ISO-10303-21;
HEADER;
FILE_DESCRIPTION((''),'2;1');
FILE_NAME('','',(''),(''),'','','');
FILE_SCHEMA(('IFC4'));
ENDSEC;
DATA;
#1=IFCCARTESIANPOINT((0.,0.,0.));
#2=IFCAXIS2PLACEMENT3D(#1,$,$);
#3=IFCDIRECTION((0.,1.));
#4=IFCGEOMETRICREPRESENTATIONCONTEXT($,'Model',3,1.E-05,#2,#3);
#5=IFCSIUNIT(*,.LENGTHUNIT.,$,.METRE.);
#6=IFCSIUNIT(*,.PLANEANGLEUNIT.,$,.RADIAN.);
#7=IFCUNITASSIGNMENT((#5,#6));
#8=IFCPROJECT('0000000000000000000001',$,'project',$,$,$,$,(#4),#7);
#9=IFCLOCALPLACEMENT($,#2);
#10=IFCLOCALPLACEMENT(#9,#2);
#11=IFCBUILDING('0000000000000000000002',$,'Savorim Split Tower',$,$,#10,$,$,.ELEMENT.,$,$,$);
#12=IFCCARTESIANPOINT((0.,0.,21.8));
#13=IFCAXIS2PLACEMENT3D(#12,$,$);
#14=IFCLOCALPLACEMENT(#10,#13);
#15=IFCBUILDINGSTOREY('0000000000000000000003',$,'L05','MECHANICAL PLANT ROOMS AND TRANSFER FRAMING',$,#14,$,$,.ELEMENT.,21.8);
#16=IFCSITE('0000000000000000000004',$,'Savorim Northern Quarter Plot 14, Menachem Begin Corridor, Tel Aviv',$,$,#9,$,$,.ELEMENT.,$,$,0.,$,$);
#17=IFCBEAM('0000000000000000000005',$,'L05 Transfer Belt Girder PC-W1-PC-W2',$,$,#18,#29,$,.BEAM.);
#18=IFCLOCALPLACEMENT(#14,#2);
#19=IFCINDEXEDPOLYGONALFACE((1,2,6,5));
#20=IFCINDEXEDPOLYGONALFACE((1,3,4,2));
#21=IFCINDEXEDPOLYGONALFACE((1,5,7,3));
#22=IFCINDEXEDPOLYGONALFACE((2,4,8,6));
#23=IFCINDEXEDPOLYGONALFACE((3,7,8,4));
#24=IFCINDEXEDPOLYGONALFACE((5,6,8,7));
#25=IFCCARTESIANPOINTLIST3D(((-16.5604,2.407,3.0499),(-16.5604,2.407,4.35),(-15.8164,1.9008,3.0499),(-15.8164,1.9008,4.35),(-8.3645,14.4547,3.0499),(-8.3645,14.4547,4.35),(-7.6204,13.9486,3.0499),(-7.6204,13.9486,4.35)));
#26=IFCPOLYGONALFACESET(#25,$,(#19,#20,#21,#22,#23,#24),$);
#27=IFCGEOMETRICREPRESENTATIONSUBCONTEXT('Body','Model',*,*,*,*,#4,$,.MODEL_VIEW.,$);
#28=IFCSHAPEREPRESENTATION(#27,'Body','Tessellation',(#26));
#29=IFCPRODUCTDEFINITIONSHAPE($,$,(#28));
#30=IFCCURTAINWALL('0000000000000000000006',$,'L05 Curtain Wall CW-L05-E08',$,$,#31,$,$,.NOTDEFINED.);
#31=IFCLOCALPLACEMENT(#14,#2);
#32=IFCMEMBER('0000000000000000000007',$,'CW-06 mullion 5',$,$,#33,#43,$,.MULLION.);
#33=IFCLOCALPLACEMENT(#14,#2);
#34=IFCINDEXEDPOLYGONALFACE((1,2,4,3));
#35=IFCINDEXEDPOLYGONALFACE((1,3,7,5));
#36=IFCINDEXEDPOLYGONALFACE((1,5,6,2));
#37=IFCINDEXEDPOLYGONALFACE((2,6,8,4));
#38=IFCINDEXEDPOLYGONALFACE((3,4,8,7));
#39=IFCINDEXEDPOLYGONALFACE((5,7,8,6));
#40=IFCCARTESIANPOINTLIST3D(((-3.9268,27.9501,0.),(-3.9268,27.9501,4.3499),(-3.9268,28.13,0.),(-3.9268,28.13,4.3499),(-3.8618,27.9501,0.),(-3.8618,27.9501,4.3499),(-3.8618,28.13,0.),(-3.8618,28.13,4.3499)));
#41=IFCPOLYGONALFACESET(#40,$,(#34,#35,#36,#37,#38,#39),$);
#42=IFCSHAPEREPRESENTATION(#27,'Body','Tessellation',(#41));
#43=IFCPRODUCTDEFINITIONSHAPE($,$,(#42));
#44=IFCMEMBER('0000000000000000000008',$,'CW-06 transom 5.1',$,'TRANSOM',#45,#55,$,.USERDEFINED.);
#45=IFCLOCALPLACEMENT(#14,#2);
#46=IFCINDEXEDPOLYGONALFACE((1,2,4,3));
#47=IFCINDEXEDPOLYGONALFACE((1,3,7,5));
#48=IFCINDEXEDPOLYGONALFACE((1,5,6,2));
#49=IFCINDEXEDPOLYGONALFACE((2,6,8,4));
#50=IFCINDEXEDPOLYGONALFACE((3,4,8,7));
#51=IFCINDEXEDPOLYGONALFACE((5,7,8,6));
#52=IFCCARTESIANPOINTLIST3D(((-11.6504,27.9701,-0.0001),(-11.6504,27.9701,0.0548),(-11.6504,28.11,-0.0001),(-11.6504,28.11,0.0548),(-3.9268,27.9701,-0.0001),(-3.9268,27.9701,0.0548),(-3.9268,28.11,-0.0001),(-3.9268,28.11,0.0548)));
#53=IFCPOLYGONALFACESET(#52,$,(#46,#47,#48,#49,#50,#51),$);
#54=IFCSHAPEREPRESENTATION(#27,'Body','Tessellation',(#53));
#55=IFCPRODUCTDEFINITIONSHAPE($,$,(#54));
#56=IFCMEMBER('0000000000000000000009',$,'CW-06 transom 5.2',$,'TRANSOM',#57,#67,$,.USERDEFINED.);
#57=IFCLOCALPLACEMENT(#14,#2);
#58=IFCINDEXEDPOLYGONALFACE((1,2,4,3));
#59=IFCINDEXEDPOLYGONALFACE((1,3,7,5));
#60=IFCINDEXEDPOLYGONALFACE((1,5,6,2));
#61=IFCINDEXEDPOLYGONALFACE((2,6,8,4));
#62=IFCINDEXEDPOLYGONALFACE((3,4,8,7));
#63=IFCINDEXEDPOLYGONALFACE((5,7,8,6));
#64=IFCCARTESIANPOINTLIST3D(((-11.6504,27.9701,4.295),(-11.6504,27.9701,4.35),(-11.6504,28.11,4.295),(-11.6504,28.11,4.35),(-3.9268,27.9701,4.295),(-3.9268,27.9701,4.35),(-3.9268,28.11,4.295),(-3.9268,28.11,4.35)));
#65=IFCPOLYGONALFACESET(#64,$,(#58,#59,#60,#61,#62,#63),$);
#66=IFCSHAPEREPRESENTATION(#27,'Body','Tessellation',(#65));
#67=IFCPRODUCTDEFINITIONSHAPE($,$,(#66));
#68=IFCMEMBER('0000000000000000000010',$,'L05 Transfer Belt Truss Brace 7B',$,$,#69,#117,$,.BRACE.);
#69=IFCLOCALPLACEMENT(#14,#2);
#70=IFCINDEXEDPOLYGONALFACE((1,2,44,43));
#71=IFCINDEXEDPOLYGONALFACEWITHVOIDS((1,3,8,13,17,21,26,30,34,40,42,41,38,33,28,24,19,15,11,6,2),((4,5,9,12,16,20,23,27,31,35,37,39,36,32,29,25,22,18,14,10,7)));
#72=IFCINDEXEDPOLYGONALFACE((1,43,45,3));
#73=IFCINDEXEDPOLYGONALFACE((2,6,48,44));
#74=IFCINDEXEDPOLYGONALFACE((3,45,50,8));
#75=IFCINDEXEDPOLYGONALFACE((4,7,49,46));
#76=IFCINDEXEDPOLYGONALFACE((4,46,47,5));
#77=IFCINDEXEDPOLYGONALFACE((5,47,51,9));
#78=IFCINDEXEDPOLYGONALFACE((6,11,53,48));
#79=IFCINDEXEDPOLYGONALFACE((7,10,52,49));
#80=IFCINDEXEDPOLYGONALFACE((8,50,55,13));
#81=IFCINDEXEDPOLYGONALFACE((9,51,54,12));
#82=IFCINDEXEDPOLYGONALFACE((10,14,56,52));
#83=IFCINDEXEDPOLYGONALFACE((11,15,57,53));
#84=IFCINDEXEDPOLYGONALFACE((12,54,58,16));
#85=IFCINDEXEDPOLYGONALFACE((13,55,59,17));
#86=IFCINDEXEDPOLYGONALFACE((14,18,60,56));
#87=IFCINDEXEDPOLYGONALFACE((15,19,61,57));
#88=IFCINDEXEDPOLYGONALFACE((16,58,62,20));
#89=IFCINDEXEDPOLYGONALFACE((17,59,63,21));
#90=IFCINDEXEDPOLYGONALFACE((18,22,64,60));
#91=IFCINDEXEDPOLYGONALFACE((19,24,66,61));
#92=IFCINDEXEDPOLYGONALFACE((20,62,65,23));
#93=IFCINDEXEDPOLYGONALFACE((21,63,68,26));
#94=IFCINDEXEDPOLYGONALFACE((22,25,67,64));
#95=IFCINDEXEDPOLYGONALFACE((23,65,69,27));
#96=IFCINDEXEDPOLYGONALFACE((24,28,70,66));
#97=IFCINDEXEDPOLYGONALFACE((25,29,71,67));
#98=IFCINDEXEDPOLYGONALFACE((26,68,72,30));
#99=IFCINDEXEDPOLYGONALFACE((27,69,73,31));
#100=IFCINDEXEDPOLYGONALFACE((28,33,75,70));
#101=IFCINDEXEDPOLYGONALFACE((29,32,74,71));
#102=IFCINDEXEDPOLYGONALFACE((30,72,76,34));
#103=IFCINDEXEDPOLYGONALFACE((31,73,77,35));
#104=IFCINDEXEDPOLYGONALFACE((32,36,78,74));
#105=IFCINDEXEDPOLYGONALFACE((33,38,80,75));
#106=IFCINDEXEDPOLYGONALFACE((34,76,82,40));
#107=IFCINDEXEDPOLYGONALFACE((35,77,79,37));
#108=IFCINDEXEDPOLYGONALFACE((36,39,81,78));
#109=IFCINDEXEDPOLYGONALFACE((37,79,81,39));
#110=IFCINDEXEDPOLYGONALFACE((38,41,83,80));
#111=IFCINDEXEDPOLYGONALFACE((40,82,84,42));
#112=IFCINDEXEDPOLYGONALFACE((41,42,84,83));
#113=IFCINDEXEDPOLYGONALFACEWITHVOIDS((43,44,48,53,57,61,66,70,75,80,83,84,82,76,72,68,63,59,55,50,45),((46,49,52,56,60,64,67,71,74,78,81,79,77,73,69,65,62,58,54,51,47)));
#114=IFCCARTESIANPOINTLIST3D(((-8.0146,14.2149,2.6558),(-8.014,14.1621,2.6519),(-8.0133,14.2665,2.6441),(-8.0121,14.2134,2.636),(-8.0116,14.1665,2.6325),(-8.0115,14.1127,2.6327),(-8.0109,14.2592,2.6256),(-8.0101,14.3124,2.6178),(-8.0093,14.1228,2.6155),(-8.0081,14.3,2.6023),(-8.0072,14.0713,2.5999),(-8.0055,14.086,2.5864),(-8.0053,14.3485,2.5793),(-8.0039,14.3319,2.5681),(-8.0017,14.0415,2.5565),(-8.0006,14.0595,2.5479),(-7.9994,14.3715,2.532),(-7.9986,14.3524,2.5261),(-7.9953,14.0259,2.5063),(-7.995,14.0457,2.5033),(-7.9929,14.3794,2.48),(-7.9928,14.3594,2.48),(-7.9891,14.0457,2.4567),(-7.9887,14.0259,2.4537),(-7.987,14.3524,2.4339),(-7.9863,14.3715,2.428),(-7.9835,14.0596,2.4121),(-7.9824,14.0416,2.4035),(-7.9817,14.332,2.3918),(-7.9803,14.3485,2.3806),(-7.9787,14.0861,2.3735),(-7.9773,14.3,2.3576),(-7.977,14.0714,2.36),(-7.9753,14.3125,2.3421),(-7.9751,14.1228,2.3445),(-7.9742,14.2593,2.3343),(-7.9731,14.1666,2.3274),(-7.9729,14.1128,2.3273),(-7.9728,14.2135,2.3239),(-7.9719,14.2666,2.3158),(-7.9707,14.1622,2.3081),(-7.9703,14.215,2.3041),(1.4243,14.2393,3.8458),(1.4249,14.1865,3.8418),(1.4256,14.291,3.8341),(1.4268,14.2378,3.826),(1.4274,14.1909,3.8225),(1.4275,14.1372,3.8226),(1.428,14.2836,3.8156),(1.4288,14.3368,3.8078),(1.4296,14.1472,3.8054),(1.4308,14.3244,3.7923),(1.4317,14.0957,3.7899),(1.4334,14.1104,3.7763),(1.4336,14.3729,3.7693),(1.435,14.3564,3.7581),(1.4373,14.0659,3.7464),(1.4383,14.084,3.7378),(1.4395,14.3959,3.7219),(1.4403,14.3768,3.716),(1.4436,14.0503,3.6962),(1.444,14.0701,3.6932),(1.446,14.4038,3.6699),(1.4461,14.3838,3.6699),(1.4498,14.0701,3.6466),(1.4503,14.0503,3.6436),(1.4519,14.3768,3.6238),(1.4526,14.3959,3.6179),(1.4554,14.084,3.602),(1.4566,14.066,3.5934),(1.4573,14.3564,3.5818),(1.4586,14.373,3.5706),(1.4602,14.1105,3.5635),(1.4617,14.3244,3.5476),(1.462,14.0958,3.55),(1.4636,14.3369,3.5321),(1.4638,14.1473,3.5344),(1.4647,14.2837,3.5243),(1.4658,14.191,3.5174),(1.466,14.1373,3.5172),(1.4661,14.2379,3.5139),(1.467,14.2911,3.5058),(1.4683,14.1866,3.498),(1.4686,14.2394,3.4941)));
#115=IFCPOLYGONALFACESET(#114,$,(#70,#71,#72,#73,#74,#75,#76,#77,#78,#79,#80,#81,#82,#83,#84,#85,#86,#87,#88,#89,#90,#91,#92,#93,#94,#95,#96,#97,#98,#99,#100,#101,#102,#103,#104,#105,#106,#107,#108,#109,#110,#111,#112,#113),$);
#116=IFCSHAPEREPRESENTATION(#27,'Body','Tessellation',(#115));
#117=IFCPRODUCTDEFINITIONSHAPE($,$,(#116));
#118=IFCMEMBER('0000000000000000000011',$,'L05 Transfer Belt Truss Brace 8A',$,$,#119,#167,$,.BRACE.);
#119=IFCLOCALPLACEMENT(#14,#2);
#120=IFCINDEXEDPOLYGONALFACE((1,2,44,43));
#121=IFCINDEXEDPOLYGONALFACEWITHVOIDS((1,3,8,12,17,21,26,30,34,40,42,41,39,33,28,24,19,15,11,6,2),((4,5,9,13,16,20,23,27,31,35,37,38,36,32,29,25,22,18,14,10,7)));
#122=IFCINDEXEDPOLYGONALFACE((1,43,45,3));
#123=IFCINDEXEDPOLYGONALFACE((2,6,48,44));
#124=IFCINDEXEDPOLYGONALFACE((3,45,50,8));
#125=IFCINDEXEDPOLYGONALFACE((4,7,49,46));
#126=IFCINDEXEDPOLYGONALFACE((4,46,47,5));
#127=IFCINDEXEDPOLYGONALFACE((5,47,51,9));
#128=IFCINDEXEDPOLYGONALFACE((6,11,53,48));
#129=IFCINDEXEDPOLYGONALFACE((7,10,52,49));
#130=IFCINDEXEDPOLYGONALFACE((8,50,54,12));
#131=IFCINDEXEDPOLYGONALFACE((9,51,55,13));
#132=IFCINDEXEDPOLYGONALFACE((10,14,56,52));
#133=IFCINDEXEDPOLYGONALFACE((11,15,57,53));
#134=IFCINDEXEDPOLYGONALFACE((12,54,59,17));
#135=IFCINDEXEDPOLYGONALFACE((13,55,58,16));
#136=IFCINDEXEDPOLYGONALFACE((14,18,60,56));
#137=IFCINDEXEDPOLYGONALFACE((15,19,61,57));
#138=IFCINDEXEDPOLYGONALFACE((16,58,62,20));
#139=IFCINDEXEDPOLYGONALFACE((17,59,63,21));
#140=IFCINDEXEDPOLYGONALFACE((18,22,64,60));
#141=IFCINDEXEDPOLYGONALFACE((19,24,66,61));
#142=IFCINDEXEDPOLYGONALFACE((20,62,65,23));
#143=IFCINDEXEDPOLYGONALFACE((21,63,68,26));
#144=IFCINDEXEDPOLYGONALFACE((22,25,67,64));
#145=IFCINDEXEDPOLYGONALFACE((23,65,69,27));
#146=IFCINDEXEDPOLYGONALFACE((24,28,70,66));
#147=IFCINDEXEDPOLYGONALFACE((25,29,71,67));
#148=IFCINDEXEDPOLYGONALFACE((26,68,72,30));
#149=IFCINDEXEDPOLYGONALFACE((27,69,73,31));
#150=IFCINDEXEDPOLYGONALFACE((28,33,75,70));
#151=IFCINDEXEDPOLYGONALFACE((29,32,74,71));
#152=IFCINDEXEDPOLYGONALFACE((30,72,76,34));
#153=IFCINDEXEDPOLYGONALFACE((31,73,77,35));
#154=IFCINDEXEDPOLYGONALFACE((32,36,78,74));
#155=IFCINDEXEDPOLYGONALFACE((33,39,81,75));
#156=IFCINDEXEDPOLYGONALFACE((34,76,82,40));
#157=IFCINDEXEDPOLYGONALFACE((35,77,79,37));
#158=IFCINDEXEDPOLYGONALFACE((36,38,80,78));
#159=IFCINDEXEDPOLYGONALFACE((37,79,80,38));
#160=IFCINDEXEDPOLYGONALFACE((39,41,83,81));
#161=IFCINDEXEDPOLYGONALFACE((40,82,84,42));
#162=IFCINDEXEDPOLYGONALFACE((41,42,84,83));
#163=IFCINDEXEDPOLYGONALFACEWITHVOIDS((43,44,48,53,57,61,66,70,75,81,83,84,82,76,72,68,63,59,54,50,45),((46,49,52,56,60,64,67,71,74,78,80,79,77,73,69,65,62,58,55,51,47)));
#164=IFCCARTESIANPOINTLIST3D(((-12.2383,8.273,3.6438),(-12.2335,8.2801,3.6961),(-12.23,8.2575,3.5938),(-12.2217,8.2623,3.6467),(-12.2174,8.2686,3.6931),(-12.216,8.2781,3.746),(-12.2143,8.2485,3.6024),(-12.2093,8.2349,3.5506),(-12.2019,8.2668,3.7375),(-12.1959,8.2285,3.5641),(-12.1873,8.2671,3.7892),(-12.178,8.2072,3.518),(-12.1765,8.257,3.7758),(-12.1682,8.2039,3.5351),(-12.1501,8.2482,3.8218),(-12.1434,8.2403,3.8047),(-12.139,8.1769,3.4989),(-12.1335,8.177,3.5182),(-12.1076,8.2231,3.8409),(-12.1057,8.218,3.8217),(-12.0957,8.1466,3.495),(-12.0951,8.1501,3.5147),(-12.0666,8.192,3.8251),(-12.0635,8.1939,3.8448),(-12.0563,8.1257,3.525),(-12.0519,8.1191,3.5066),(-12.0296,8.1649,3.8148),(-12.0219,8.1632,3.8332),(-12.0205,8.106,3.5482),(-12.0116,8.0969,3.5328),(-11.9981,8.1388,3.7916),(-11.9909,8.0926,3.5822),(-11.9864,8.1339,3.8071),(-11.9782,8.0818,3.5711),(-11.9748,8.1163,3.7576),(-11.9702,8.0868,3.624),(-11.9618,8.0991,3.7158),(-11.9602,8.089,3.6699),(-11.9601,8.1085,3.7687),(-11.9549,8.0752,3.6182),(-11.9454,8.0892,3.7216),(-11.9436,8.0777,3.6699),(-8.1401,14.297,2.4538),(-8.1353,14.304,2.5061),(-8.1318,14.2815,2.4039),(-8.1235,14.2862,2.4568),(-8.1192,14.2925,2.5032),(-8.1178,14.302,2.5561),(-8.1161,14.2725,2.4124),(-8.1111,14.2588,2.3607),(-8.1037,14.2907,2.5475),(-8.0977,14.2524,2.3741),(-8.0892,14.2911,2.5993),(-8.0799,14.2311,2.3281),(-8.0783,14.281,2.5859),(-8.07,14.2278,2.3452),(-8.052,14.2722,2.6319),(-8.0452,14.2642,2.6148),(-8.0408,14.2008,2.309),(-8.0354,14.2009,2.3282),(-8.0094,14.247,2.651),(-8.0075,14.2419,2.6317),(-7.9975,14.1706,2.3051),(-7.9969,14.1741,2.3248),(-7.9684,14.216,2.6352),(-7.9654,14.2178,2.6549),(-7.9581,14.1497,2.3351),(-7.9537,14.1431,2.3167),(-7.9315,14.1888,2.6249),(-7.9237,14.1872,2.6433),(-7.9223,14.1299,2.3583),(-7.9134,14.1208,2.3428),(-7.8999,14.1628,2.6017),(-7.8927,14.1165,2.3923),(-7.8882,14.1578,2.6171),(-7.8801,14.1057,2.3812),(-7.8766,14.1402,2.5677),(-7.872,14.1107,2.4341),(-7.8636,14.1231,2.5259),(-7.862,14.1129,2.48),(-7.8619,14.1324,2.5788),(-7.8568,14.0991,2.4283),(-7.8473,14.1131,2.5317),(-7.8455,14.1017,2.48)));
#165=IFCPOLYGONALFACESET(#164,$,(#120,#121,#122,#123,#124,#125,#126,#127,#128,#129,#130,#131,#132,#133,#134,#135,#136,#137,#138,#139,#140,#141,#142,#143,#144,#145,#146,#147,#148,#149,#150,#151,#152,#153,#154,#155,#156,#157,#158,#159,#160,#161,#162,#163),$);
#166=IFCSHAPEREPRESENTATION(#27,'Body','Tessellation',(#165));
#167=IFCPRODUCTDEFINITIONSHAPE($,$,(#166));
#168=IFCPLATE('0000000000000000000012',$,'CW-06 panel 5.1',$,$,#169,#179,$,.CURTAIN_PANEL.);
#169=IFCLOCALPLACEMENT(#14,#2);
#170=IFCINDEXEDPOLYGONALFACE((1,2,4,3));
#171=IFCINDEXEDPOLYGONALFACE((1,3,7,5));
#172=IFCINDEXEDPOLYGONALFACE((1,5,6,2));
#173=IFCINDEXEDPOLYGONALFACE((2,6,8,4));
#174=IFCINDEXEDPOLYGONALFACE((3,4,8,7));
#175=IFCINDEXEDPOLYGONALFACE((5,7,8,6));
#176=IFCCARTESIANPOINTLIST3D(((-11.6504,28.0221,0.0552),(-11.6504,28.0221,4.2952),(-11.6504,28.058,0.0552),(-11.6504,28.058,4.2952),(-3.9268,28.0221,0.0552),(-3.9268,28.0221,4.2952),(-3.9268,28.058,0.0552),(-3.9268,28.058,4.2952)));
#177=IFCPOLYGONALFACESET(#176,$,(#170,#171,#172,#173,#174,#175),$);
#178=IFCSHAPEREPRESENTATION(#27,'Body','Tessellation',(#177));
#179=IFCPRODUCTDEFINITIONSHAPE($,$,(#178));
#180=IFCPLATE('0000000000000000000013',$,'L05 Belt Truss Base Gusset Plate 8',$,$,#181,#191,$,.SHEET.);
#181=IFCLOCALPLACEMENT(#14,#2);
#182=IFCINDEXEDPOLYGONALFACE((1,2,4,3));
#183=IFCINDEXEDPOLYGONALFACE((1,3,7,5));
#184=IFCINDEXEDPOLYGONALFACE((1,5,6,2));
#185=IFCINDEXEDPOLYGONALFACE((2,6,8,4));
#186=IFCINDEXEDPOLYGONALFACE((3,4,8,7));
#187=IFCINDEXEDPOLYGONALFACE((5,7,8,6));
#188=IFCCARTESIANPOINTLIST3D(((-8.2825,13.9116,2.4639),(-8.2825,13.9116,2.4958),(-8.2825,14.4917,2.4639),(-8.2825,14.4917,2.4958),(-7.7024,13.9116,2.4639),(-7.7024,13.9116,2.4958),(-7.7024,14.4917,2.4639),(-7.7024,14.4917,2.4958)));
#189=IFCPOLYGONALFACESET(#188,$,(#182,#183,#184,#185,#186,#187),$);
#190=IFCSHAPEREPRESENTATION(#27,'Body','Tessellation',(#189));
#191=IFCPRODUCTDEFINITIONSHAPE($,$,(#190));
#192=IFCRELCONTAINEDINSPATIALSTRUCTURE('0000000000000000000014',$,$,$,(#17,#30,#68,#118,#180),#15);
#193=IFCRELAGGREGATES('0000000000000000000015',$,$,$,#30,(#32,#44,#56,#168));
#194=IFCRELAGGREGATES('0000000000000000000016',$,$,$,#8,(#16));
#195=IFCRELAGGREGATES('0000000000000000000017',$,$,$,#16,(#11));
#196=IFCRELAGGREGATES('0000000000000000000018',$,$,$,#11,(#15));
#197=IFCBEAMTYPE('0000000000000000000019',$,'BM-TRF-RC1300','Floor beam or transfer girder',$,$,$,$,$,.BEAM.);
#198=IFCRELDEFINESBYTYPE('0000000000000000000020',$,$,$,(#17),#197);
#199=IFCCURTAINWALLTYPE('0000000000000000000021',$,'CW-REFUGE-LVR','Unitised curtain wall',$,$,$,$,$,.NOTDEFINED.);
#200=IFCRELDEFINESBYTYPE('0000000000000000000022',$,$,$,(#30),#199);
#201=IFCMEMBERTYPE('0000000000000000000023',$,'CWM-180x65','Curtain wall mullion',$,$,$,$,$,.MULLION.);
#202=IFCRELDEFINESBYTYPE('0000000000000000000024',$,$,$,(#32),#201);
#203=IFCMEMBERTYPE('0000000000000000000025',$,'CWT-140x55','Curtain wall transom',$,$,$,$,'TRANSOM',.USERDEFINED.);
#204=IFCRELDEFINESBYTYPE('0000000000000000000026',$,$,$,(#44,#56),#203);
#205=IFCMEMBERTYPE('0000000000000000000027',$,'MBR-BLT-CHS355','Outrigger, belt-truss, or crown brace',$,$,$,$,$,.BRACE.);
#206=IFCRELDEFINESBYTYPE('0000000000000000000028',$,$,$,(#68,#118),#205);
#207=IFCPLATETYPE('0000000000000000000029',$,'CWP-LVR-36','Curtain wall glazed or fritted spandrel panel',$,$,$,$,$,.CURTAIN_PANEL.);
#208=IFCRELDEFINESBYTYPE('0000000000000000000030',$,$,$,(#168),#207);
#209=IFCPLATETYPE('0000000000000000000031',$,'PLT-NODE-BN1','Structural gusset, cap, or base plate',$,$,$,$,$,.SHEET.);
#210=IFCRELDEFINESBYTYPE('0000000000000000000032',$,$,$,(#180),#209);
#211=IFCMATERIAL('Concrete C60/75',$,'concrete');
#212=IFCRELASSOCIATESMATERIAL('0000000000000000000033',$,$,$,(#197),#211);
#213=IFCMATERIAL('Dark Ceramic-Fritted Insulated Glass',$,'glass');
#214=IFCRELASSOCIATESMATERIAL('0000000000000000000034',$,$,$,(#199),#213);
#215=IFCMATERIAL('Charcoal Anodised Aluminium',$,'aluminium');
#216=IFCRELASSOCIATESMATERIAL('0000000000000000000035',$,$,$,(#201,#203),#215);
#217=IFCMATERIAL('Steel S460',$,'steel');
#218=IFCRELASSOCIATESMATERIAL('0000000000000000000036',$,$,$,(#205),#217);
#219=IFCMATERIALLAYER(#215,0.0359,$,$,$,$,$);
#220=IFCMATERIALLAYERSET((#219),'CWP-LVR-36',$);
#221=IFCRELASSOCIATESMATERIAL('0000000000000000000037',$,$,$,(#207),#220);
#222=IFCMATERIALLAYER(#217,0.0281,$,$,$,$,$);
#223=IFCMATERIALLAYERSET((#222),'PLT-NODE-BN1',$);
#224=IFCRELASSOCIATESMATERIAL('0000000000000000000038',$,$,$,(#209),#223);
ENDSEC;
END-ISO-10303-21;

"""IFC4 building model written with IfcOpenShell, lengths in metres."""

from ifc_helpers import new_model, si_unit, direction, frame, origin, origin_2d, place, context, subcontext, project, spatial, rectangle, hollow_circle, extrude, material, layer, layer_set, material_profile, profile_set, type_object, element, aggregate, save


model = new_model("IFC4")

# Units and contexts
model_context = context("Model", 3, precision=1e-05, world=origin(), true_north=direction((0.0, 1.0)))
body_context = subcontext(model_context, "Body", "Model", "MODEL_VIEW")
ifc_project = project(units=[si_unit("LENGTHUNIT", "METRE"), si_unit("PLANEANGLEUNIT", "RADIAN")], contexts=[model_context])

# Site, building, storey
site_placement = place(None, origin())
site = spatial("IfcSite", under=ifc_project, at=site_placement, Name="Savorim Northern Quarter Plot 14, Menachem Begin Corridor, Tel Aviv", CompositionType="ELEMENT", RefElevation=0.0)
building_placement = place(site_placement, origin())
building = spatial("IfcBuilding", under=site, at=building_placement, Name="Savorim Split Tower", CompositionType="ELEMENT")
storey_placement = place(building_placement, frame((0.0, 0.0, 21.8)))
storey = spatial("IfcBuildingStorey", under=building, at=storey_placement, Name="L05", Description="MECHANICAL PLANT ROOMS AND TRANSFER FRAMING", CompositionType="ELEMENT", Elevation=21.8)

# Shared definitions
ifc_material_1 = material(Name="Concrete C60/75", Category="concrete")

# Beam
ifc_material_2 = material(Name="Steel S460", Category="steel")
ifc_material_profile_1 = material_profile(ifc_material_1, rectangle(XDim=0.8999, YDim=1.3, at=origin_2d()), Name="RC 900x1300")
ifc_profile_set_1 = profile_set([ifc_material_profile_1], Name="Concrete C60/75")
beam_type_1 = type_object("IfcBeamType", Name="BM-TRF-RC1300", Description="Floor beam or transfer girder", PredefinedType="BEAM", material=ifc_profile_set_1)
beam_1_placement = place(storey_placement, frame((-7.9924, 14.2017, 3.7), z_axis=(-0.562475, -0.826815, 0.0), x_axis=(0.826815, -0.562475, 0.0)))
element("IfcBeam", 1, at=beam_1_placement, inside=storey, type_object=beam_type_1, Name="L05 Transfer Belt Girder PC-W1-PC-W2", PredefinedType="BEAM", context=body_context, shape_type="SweptSolid", body=[
    extrude(rectangle(XDim=0.8999, YDim=1.3, at=origin_2d()), origin(), (0.0, 0.0, 1.0), 14.5713),
])

# Curtain wall, members
ifc_material_3 = material(Name="Dark Ceramic-Fritted Insulated Glass", Category="glass")
curtain_wall_type = type_object("IfcCurtainWallType", Name="CW-REFUGE-LVR", Description="Unitised curtain wall", PredefinedType="NOTDEFINED", material=ifc_material_3)
curtain_wall_placement = place(storey_placement, origin())
curtain_wall = element("IfcCurtainWall", 2, at=curtain_wall_placement, inside=storey, type_object=curtain_wall_type, Name="L05 Curtain Wall CW-L05-E08", PredefinedType="NOTDEFINED")
ifc_material_4 = material(Name="Charcoal Anodised Aluminium", Category="aluminium")
ifc_material_profile_2 = material_profile(ifc_material_4, rectangle(XDim=0.1799, YDim=0.0649, at=origin_2d()), Name="ALU-M 180x65")
ifc_profile_set_2 = profile_set([ifc_material_profile_2], Name="Charcoal Anodised Aluminium")
member_type_1 = type_object("IfcMemberType", Name="CWM-180x65", Description="Curtain wall mullion", PredefinedType="MULLION", material=ifc_profile_set_2)
member_1_placement = place(storey_placement, frame((-3.8943, 28.04, 0.0), z_axis=(0.0, 0.0, 1.0), x_axis=(0.0, -1.0, 0.0)))
member_1 = element("IfcMember", 3, at=member_1_placement, type_object=member_type_1, Name="CW-06 mullion 5", PredefinedType="MULLION", context=body_context, shape_type="SweptSolid", body=[
    extrude(rectangle(XDim=0.1799, YDim=0.0649, at=origin_2d()), origin(), (0.0, 0.0, 1.0), 4.3499),
])
ifc_material_profile_3 = material_profile(ifc_material_4, rectangle(XDim=0.1399, YDim=0.0549, at=origin_2d()), Name="ALU-T 140x55")
ifc_profile_set_3 = profile_set([ifc_material_profile_3], Name="Charcoal Anodised Aluminium")
member_type_2 = type_object("IfcMemberType", Name="CWT-140x55", Description="Curtain wall transom", ElementType="TRANSOM", PredefinedType="USERDEFINED", material=ifc_profile_set_3)
member_2_placement = place(storey_placement, frame((-3.9268, 28.04, 0.0273), z_axis=(-1.0, 0.0, 0.0), x_axis=(0.0, -1.0, 0.0)))
member_2 = element("IfcMember", 4, at=member_2_placement, type_object=member_type_2, Name="CW-06 transom 5.1", ObjectType="TRANSOM", PredefinedType="USERDEFINED", context=body_context, shape_type="SweptSolid", body=[
    extrude(rectangle(XDim=0.1399, YDim=0.0549, at=origin_2d()), origin(), (0.0, 0.0, 1.0), 7.7236),
])
member_3_placement = place(storey_placement, frame((-3.9268, 28.04, 4.3225), z_axis=(-1.0, 0.0, 0.0), x_axis=(0.0, -1.0, 0.0)))
member_3 = element("IfcMember", 5, at=member_3_placement, type_object=member_type_2, Name="CW-06 transom 5.2", ObjectType="TRANSOM", PredefinedType="USERDEFINED", context=body_context, shape_type="SweptSolid", body=[
    extrude(rectangle(XDim=0.1399, YDim=0.0549, at=origin_2d()), origin(), (0.0, 0.0, 1.0), 7.7236),
])

# Members
ifc_material_profile_4 = material_profile(ifc_material_2, hollow_circle(Radius=0.1777, WallThickness=0.02, at=origin_2d()), Name="CHS 355.6x20")
ifc_profile_set_4 = profile_set([ifc_material_profile_4], Name="Steel S460")
member_type_3 = type_object("IfcMemberType", Name="MBR-BLT-CHS355", Description="Outrigger, belt-truss, or crown brace", PredefinedType="BRACE", material=ifc_profile_set_4)
member_4_placement = place(storey_placement, frame((-7.9924, 14.2017, 2.48), z_axis=(0.992144, 0.002566, 0.125077), x_axis=(-0.002587, 0.999997, 0.0)))
element("IfcMember", 6, at=member_4_placement, inside=storey, type_object=member_type_3, Name="L05 Transfer Belt Truss Brace 7B", PredefinedType="BRACE", context=body_context, shape_type="SweptSolid", body=[
    extrude(hollow_circle(Radius=0.1777, WallThickness=0.02, at=origin_2d()), origin(), (0.0, 0.0, 1.0), 9.5137),
])
member_5_placement = place(storey_placement, frame((-7.9924, 14.2017, 2.48), z_axis=(-0.555131, -0.815995, 0.161188), x_axis=(0.826807, -0.562486, 0.0)))
element("IfcMember", 7, at=member_5_placement, inside=storey, type_object=member_type_3, Name="L05 Transfer Belt Truss Brace 8A", PredefinedType="BRACE", context=body_context, shape_type="SweptSolid", body=[
    extrude(hollow_circle(Radius=0.1777, WallThickness=0.02, at=origin_2d()), origin(), (0.0, 0.0, 1.0), 7.3823),
])

# Plate
ifc_layer_1 = layer(ifc_material_4, 0.0359)
ifc_layer_set_1 = layer_set([ifc_layer_1], Name="CWP-LVR-36")
plate_type_1 = type_object("IfcPlateType", Name="CWP-LVR-36", Description="Curtain wall glazed or fritted spandrel panel", PredefinedType="CURTAIN_PANEL", material=ifc_layer_set_1)
plate_1_placement = place(storey_placement, frame((-7.7886, 28.04, 0.0552), z_axis=(0.0, 0.0, 1.0), x_axis=(-1.0, 0.0, 0.0)))
plate_1 = element("IfcPlate", 8, at=plate_1_placement, type_object=plate_type_1, Name="CW-06 panel 5.1", PredefinedType="CURTAIN_PANEL", context=body_context, shape_type="SweptSolid", body=[
    extrude(rectangle(XDim=7.7236, YDim=0.0359, at=origin_2d()), origin(), (0.0, 0.0, 1.0), 4.24),
])
aggregate(curtain_wall, [member_1, member_2, member_3, plate_1])

# Plate
ifc_layer_2 = layer(ifc_material_2, 0.0281)
ifc_layer_set_2 = layer_set([ifc_layer_2], Name="PLT-NODE-BN1")
plate_type_2 = type_object("IfcPlateType", Name="PLT-NODE-BN1", Description="Structural gusset, cap, or base plate", PredefinedType="SHEET", material=ifc_layer_set_2)
plate_2_placement = place(storey_placement, frame((-7.9924, 14.2017, 2.4639), z_axis=(0.0, 0.0, 1.0), x_axis=(1.0, 0.0, 0.0)))
element("IfcPlate", 9, at=plate_2_placement, inside=storey, type_object=plate_type_2, Name="L05 Belt Truss Base Gusset Plate 8", PredefinedType="SHEET", context=body_context, shape_type="SweptSolid", body=[
    extrude(rectangle(XDim=0.5801, YDim=0.5801, at=origin_2d()), origin(), (0.0, 0.0, 1.0), 0.032),
])

save(model, "model.ifc")
